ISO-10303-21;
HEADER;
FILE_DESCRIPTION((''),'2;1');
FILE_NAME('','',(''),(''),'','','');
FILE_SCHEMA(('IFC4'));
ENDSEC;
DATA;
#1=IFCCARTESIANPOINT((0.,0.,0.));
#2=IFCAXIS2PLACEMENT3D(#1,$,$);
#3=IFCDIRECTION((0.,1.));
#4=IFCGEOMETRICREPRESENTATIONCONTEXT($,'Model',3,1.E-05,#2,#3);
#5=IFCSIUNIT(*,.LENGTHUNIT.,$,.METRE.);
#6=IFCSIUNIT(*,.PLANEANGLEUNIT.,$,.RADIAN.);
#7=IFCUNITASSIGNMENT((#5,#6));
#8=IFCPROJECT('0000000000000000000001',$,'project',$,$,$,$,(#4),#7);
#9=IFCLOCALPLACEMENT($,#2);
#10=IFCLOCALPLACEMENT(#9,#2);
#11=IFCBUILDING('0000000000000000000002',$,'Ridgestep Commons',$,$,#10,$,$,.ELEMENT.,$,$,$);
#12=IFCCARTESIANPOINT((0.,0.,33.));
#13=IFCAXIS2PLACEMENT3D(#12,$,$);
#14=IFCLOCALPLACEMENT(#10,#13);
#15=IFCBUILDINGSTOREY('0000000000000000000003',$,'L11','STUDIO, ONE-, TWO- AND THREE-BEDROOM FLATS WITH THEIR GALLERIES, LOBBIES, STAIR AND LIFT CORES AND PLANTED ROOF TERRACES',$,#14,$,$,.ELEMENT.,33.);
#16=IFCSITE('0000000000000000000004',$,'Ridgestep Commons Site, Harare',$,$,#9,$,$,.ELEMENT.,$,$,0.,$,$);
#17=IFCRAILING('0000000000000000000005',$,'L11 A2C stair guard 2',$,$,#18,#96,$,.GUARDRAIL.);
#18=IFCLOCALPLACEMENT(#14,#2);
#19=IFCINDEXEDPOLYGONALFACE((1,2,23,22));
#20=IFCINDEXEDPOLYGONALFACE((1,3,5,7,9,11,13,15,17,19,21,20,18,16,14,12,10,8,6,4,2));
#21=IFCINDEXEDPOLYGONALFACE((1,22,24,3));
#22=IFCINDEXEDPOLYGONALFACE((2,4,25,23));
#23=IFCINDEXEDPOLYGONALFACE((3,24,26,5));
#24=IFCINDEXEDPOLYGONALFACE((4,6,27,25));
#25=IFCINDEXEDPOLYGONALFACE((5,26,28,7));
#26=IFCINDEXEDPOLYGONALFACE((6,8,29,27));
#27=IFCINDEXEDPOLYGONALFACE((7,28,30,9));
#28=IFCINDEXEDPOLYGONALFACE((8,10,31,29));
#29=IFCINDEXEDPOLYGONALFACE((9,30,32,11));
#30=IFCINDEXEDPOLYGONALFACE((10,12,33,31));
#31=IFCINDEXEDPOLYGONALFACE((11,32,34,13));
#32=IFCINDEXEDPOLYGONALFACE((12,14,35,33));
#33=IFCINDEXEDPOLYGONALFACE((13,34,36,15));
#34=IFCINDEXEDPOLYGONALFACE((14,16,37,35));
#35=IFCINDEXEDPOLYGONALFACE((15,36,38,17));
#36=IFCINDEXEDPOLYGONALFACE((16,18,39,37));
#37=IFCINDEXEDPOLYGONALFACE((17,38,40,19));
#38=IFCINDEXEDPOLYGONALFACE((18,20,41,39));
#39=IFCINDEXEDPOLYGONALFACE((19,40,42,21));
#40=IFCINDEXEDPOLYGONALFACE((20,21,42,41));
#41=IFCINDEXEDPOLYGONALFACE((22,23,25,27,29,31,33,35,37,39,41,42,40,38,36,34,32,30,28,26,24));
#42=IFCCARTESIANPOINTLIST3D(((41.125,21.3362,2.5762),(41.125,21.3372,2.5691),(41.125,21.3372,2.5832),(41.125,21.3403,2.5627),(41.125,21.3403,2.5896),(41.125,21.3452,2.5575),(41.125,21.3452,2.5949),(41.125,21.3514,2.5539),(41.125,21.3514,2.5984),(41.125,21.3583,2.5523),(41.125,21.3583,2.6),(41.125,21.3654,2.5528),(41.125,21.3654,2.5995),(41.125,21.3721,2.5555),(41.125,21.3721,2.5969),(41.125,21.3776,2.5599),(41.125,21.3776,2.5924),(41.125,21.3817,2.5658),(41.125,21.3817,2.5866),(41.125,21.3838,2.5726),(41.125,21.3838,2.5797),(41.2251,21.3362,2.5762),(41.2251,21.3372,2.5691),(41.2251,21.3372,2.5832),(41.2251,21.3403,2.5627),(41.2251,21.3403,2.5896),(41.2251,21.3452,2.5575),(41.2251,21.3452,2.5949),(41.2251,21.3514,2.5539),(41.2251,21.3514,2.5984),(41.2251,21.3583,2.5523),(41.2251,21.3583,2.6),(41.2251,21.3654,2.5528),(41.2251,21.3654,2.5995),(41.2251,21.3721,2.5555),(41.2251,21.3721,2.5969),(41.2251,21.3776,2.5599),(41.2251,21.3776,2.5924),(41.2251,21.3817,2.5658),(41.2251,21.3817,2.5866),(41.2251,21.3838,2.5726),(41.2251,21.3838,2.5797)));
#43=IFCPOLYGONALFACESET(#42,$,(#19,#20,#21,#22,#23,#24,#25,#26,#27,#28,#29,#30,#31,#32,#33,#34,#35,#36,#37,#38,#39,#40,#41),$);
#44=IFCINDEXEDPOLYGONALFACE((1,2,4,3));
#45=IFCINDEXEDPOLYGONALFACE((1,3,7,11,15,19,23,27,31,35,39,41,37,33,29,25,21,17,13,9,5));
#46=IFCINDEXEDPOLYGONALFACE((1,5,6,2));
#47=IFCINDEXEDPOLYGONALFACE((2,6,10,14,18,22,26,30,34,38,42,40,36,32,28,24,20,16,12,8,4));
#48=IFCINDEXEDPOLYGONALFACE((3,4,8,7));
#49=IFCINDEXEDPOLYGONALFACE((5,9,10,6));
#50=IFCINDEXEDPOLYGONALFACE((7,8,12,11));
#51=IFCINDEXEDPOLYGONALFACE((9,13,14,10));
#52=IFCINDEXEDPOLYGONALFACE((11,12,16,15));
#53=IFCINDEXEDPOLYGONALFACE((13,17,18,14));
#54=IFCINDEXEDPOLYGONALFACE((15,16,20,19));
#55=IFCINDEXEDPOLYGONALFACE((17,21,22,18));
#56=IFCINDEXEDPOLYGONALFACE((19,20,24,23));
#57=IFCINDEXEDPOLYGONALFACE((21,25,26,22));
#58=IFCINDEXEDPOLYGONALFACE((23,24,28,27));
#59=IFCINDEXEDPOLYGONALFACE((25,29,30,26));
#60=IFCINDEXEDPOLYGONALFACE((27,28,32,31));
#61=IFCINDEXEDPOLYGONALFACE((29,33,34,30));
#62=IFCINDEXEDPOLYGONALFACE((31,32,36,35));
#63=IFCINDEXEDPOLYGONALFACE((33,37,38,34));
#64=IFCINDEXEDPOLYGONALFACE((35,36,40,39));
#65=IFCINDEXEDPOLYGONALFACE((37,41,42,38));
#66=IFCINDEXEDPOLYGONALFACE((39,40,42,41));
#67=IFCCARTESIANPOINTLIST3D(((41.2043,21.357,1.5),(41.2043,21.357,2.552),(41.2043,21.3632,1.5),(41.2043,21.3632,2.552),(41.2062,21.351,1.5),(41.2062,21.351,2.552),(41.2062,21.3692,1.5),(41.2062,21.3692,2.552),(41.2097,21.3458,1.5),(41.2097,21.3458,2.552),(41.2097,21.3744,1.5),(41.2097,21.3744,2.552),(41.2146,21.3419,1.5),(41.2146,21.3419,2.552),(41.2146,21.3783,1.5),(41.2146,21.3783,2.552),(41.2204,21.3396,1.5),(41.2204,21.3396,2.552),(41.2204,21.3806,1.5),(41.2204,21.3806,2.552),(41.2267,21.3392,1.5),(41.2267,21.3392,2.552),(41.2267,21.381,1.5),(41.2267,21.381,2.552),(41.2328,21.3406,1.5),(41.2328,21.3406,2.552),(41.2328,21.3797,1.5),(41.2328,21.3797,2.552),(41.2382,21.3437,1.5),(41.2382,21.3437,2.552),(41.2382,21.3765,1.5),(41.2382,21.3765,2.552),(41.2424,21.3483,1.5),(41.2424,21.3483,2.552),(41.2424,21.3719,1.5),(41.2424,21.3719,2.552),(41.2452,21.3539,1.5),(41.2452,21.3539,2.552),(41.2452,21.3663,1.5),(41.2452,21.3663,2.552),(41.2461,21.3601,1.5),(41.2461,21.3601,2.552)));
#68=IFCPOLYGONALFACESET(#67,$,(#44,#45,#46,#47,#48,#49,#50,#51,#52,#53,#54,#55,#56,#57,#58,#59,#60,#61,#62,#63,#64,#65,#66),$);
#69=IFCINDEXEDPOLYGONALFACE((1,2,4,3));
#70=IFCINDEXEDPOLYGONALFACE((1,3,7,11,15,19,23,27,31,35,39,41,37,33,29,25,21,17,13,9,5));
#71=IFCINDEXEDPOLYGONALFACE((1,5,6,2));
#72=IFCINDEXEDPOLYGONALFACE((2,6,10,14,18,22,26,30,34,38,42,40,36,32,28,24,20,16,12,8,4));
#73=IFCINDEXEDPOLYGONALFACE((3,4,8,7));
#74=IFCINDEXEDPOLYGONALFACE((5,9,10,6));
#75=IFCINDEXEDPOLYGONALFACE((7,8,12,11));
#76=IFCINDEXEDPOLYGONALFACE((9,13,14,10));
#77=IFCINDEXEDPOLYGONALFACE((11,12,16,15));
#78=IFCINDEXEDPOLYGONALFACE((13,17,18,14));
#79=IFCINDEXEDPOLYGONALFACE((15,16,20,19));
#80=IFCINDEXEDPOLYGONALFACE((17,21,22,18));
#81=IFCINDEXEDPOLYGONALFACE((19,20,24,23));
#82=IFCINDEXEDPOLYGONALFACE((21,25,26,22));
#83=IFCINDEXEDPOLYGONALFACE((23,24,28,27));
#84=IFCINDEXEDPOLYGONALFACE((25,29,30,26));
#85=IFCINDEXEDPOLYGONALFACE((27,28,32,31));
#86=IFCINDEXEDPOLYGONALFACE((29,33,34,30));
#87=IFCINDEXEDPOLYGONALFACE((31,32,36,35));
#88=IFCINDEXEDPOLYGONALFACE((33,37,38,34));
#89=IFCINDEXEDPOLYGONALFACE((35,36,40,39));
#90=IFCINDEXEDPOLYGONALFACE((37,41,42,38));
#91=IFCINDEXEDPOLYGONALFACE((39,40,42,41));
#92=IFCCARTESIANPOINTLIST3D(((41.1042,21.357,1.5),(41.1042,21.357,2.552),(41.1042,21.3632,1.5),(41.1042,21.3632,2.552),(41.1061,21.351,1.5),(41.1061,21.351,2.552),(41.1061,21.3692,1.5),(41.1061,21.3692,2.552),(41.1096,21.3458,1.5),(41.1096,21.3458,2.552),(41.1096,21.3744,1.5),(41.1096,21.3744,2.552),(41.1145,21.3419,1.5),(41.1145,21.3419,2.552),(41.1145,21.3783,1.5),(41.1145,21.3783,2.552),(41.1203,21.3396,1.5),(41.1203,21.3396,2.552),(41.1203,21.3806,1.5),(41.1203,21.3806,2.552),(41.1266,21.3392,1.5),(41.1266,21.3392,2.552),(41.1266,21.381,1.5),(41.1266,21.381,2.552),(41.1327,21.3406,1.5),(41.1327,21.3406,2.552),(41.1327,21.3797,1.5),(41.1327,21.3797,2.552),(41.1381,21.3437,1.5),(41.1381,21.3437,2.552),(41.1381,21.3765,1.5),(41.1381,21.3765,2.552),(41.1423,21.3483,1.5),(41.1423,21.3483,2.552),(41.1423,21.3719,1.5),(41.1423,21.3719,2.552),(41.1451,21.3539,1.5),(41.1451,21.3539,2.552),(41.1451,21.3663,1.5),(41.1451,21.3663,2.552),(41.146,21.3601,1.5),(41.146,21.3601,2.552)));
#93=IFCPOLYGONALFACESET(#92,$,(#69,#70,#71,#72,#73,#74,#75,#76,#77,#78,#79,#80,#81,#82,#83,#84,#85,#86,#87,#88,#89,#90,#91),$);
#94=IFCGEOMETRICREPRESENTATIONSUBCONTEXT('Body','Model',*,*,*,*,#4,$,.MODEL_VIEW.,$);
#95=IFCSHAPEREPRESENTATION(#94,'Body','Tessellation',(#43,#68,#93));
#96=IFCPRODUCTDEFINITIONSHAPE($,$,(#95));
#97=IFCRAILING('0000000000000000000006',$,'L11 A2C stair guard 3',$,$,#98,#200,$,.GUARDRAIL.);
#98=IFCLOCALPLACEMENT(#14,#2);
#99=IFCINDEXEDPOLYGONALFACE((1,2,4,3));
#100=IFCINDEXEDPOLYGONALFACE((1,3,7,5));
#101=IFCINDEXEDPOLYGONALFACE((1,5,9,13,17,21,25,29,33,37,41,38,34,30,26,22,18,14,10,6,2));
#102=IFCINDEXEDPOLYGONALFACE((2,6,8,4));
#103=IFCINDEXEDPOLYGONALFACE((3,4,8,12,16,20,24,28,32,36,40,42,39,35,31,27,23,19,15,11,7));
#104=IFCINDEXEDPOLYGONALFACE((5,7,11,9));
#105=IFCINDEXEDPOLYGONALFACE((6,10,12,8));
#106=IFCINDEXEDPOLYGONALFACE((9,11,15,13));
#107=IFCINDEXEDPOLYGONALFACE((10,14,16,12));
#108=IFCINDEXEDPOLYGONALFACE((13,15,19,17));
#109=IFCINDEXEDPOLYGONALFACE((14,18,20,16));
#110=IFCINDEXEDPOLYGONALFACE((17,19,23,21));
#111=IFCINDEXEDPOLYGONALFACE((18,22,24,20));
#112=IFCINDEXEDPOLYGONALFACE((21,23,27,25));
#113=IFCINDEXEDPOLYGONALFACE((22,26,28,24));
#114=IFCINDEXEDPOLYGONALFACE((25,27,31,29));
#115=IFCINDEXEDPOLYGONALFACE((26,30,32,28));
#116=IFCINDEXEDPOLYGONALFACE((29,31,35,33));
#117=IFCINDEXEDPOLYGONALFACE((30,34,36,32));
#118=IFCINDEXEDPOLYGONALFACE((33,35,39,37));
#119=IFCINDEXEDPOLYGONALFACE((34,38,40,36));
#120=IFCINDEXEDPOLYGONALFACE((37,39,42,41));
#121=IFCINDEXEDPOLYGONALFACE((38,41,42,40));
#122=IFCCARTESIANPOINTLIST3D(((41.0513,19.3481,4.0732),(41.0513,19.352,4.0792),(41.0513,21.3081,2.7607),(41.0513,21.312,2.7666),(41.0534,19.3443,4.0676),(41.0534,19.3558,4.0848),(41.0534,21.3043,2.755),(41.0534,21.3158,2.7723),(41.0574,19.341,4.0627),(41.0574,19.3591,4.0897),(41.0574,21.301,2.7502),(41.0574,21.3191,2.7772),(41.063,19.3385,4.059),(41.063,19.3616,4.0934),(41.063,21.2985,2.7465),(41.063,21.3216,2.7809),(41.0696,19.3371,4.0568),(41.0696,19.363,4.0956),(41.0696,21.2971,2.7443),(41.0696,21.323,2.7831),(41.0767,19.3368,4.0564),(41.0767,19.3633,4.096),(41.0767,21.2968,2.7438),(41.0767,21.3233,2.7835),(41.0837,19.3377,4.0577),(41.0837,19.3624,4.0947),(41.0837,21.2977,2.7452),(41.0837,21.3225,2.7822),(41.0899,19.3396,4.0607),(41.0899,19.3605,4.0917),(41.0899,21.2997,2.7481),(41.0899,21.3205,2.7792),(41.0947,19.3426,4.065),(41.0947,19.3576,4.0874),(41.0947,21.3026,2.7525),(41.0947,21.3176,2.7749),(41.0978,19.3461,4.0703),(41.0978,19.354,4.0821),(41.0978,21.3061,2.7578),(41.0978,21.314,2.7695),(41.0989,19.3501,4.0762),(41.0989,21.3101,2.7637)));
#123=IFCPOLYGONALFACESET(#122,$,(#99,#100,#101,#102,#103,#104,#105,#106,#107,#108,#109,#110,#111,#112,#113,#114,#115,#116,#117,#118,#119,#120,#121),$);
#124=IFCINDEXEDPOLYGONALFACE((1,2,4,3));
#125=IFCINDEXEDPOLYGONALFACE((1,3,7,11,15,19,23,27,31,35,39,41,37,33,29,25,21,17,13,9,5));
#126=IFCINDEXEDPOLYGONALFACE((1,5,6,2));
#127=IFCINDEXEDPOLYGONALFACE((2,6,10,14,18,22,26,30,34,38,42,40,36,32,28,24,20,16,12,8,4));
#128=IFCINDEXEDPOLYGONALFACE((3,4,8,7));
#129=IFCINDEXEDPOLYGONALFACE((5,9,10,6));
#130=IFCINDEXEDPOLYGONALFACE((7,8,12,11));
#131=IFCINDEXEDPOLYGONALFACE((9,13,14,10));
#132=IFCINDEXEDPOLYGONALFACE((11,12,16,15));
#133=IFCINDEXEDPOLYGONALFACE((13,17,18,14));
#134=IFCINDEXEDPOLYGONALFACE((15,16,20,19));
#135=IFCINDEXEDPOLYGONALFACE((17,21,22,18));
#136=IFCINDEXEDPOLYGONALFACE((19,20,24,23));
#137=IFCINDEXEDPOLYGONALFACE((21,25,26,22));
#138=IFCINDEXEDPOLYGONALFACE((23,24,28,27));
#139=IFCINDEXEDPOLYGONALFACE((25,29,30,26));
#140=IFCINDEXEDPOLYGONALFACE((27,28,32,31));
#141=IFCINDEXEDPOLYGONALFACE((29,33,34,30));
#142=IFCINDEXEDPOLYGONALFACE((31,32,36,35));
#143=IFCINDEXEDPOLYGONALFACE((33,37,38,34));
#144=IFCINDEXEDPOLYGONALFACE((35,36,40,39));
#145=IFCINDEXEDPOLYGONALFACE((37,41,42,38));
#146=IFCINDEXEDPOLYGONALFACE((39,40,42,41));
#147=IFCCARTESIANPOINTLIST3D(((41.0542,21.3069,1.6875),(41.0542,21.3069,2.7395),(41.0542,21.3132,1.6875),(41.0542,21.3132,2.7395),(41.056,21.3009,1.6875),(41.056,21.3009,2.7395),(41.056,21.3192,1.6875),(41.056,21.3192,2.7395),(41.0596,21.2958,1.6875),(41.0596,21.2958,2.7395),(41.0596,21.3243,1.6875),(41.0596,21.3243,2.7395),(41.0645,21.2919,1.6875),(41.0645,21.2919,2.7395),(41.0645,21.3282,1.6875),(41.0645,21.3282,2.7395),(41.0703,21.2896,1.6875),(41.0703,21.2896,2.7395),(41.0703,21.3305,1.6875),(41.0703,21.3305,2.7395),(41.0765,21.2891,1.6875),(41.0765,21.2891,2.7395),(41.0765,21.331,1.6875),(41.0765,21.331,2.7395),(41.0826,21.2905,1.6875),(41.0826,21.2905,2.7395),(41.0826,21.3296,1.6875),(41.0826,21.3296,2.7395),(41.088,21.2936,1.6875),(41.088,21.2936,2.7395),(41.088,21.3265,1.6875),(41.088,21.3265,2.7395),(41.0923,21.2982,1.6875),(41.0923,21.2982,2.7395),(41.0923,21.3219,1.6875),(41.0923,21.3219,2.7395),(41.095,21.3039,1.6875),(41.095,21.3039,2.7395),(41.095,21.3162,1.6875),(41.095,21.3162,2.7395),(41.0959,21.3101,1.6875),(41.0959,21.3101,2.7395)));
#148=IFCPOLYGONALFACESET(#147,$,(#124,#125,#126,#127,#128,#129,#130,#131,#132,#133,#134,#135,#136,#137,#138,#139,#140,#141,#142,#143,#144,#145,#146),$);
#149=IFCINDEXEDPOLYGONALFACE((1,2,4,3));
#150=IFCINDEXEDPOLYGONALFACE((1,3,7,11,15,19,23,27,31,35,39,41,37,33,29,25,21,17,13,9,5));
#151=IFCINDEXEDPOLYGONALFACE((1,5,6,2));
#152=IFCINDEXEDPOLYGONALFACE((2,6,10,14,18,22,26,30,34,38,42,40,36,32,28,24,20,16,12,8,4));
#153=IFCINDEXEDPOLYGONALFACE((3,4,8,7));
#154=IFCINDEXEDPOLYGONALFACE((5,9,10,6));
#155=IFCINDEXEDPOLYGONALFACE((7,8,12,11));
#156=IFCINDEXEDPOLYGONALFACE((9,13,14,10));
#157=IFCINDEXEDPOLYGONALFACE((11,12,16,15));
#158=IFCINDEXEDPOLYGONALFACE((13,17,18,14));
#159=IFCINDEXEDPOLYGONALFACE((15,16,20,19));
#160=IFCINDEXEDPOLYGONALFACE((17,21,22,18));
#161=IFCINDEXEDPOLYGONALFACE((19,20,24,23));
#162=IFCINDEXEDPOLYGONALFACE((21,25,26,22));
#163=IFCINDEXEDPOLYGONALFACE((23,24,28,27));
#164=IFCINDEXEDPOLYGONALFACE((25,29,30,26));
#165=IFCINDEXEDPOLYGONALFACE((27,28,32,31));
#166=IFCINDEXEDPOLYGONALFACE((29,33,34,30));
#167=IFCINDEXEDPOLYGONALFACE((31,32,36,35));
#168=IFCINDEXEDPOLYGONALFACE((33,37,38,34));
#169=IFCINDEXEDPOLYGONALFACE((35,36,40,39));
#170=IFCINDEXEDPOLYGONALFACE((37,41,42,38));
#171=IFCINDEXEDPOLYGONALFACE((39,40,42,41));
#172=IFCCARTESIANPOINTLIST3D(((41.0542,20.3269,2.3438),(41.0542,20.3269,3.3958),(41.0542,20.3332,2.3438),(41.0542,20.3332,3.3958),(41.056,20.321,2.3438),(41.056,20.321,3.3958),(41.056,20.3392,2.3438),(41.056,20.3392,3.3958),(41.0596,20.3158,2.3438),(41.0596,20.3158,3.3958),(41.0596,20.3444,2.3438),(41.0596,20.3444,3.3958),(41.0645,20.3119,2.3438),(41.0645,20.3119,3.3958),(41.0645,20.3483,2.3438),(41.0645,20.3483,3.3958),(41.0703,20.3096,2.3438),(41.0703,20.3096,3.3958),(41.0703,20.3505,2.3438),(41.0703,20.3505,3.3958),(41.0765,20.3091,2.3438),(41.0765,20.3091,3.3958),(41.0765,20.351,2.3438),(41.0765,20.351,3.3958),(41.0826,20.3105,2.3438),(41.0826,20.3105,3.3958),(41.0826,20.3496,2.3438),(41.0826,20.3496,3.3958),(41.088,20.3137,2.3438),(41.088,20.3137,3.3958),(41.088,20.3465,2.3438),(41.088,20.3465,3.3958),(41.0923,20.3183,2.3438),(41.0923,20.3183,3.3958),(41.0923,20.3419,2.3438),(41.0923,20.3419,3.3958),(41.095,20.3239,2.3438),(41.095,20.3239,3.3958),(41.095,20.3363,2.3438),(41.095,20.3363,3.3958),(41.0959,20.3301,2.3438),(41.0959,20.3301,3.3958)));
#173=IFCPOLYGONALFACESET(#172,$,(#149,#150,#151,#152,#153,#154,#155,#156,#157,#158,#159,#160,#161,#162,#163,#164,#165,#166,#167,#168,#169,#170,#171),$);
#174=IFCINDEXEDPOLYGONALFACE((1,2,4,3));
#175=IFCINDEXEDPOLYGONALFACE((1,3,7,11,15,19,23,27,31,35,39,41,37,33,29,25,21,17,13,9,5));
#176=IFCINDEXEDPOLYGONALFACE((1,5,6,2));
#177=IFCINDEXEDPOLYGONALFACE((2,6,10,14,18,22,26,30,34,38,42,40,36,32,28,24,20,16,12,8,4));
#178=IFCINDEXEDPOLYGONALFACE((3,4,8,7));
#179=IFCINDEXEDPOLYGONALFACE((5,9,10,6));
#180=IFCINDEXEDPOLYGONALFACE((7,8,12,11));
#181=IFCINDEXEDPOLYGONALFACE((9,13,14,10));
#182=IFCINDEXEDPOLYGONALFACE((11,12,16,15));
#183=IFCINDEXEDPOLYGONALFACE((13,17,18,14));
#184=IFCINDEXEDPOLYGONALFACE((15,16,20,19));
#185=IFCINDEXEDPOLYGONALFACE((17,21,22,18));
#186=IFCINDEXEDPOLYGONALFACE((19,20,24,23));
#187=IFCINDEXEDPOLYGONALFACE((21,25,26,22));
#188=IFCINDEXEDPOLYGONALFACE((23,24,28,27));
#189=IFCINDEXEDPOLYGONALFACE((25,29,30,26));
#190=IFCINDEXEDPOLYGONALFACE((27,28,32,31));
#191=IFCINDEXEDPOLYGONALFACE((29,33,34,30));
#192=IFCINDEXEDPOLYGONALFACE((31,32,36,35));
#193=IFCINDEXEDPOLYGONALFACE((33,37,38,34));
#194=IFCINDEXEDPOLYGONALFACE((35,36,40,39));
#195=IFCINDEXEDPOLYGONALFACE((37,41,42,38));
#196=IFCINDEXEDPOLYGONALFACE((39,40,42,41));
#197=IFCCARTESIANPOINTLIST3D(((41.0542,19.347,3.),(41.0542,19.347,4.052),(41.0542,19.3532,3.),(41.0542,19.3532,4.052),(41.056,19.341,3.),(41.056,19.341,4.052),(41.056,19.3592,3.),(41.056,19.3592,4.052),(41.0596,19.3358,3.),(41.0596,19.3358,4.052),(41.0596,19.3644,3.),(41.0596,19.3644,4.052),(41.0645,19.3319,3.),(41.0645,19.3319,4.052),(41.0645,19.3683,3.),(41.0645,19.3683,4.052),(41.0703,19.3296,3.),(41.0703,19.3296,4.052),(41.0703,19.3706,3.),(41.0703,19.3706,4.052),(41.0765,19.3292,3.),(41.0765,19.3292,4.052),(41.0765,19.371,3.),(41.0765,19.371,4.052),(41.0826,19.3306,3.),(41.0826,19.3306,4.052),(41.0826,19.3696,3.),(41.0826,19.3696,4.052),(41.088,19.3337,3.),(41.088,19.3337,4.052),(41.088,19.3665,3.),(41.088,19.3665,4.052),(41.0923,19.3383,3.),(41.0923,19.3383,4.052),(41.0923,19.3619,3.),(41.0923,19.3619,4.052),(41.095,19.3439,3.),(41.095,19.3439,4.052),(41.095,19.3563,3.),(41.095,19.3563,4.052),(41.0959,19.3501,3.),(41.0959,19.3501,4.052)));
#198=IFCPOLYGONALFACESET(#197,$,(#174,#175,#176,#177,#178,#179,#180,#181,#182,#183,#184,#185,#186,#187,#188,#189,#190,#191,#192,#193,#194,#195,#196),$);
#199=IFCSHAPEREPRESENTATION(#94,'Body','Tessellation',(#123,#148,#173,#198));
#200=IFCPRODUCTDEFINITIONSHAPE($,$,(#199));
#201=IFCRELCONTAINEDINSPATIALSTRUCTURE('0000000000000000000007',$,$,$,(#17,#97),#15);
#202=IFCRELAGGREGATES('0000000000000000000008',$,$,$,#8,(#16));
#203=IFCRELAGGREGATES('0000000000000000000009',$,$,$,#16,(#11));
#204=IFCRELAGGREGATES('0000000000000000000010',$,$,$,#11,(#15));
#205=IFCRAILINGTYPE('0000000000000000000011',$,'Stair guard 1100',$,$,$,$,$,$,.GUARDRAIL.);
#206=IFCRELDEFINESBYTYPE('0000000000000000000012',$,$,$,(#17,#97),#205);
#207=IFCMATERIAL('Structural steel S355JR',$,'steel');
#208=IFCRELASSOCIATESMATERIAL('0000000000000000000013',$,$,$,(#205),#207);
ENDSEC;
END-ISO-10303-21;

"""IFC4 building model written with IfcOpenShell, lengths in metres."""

from ifc_helpers import new_model, si_unit, direction, frame, origin, origin_2d, place, context, subcontext, project, spatial, circle, extrude, material, type_object, element, save


model = new_model("IFC4")

# Units and contexts
model_context = context("Model", 3, precision=1e-05, world=origin(), true_north=direction((0.0, 1.0)))
body_context = subcontext(model_context, "Body", "Model", "MODEL_VIEW")
ifc_project = project(units=[si_unit("LENGTHUNIT", "METRE"), si_unit("PLANEANGLEUNIT", "RADIAN")], contexts=[model_context])

# Site, building, storey
site_placement = place(None, origin())
site = spatial("IfcSite", under=ifc_project, at=site_placement, Name="Ridgestep Commons Site, Harare", CompositionType="ELEMENT", RefElevation=0.0)
building_placement = place(site_placement, origin())
building = spatial("IfcBuilding", under=site, at=building_placement, Name="Ridgestep Commons", CompositionType="ELEMENT")
storey_placement = place(building_placement, frame((0.0, 0.0, 33.0)))
storey = spatial("IfcBuildingStorey", under=building, at=storey_placement, Name="L11", Description="STUDIO, ONE-, TWO- AND THREE-BEDROOM FLATS WITH THEIR GALLERIES, LOBBIES, STAIR AND LIFT CORES AND PLANTED ROOF TERRACES", CompositionType="ELEMENT", Elevation=33.0)

# Railings
ifc_material_1 = material(Name="Structural steel S355JR", Category="steel")
railing_type_1 = type_object("IfcRailingType", Name="Stair guard 1100", PredefinedType="GUARDRAIL", material=ifc_material_1)
railing_1_placement = place(storey_placement, frame((41.2251, 21.3601, 1.5)))
element("IfcRailing", 1, at=railing_1_placement, inside=storey, type_object=railing_type_1, Name="L11 A2C stair guard 2", PredefinedType="GUARDRAIL", context=body_context, shape_type="SweptSolid", body=[
    extrude(circle(Radius=0.0239, at=origin_2d()), frame((0.0, 0.0, 1.0762), z_axis=(-1.0, 0.0, 0.0), x_axis=(0.0, -1.0, 0.0)), (0.0, 0.0, 1.0), 0.1001),
    extrude(circle(Radius=0.021, at=origin_2d()), origin(), (0.0, 0.0, 1.0), 1.052),
    extrude(circle(Radius=0.021, at=origin_2d()), frame((-0.1001, 0.0, 0.0)), (0.0, 0.0, 1.0), 1.052),
])
railing_2_placement = place(storey_placement, frame((41.075, 21.3101, 1.6875)))
element("IfcRailing", 2, at=railing_2_placement, inside=storey, type_object=railing_type_1, Name="L11 A2C stair guard 3", PredefinedType="GUARDRAIL", context=body_context, shape_type="SweptSolid", body=[
    extrude(circle(Radius=0.0239, at=origin_2d()), frame((0.0, 0.0, 1.0762), z_axis=(0.0, -0.830902, 0.556419), x_axis=(1.0, 0.0, 0.0)), (0.0, 0.0, 1.0), 2.3589),
    extrude(circle(Radius=0.021, at=origin_2d()), origin(), (0.0, 0.0, 1.0), 1.052),
    extrude(circle(Radius=0.021, at=origin_2d()), frame((0.0, -0.98, 0.6562)), (0.0, 0.0, 1.0), 1.052),
    extrude(circle(Radius=0.021, at=origin_2d()), frame((0.0, -1.96, 1.3125)), (0.0, 0.0, 1.0), 1.052),
])

save(model, "model.ifc")
